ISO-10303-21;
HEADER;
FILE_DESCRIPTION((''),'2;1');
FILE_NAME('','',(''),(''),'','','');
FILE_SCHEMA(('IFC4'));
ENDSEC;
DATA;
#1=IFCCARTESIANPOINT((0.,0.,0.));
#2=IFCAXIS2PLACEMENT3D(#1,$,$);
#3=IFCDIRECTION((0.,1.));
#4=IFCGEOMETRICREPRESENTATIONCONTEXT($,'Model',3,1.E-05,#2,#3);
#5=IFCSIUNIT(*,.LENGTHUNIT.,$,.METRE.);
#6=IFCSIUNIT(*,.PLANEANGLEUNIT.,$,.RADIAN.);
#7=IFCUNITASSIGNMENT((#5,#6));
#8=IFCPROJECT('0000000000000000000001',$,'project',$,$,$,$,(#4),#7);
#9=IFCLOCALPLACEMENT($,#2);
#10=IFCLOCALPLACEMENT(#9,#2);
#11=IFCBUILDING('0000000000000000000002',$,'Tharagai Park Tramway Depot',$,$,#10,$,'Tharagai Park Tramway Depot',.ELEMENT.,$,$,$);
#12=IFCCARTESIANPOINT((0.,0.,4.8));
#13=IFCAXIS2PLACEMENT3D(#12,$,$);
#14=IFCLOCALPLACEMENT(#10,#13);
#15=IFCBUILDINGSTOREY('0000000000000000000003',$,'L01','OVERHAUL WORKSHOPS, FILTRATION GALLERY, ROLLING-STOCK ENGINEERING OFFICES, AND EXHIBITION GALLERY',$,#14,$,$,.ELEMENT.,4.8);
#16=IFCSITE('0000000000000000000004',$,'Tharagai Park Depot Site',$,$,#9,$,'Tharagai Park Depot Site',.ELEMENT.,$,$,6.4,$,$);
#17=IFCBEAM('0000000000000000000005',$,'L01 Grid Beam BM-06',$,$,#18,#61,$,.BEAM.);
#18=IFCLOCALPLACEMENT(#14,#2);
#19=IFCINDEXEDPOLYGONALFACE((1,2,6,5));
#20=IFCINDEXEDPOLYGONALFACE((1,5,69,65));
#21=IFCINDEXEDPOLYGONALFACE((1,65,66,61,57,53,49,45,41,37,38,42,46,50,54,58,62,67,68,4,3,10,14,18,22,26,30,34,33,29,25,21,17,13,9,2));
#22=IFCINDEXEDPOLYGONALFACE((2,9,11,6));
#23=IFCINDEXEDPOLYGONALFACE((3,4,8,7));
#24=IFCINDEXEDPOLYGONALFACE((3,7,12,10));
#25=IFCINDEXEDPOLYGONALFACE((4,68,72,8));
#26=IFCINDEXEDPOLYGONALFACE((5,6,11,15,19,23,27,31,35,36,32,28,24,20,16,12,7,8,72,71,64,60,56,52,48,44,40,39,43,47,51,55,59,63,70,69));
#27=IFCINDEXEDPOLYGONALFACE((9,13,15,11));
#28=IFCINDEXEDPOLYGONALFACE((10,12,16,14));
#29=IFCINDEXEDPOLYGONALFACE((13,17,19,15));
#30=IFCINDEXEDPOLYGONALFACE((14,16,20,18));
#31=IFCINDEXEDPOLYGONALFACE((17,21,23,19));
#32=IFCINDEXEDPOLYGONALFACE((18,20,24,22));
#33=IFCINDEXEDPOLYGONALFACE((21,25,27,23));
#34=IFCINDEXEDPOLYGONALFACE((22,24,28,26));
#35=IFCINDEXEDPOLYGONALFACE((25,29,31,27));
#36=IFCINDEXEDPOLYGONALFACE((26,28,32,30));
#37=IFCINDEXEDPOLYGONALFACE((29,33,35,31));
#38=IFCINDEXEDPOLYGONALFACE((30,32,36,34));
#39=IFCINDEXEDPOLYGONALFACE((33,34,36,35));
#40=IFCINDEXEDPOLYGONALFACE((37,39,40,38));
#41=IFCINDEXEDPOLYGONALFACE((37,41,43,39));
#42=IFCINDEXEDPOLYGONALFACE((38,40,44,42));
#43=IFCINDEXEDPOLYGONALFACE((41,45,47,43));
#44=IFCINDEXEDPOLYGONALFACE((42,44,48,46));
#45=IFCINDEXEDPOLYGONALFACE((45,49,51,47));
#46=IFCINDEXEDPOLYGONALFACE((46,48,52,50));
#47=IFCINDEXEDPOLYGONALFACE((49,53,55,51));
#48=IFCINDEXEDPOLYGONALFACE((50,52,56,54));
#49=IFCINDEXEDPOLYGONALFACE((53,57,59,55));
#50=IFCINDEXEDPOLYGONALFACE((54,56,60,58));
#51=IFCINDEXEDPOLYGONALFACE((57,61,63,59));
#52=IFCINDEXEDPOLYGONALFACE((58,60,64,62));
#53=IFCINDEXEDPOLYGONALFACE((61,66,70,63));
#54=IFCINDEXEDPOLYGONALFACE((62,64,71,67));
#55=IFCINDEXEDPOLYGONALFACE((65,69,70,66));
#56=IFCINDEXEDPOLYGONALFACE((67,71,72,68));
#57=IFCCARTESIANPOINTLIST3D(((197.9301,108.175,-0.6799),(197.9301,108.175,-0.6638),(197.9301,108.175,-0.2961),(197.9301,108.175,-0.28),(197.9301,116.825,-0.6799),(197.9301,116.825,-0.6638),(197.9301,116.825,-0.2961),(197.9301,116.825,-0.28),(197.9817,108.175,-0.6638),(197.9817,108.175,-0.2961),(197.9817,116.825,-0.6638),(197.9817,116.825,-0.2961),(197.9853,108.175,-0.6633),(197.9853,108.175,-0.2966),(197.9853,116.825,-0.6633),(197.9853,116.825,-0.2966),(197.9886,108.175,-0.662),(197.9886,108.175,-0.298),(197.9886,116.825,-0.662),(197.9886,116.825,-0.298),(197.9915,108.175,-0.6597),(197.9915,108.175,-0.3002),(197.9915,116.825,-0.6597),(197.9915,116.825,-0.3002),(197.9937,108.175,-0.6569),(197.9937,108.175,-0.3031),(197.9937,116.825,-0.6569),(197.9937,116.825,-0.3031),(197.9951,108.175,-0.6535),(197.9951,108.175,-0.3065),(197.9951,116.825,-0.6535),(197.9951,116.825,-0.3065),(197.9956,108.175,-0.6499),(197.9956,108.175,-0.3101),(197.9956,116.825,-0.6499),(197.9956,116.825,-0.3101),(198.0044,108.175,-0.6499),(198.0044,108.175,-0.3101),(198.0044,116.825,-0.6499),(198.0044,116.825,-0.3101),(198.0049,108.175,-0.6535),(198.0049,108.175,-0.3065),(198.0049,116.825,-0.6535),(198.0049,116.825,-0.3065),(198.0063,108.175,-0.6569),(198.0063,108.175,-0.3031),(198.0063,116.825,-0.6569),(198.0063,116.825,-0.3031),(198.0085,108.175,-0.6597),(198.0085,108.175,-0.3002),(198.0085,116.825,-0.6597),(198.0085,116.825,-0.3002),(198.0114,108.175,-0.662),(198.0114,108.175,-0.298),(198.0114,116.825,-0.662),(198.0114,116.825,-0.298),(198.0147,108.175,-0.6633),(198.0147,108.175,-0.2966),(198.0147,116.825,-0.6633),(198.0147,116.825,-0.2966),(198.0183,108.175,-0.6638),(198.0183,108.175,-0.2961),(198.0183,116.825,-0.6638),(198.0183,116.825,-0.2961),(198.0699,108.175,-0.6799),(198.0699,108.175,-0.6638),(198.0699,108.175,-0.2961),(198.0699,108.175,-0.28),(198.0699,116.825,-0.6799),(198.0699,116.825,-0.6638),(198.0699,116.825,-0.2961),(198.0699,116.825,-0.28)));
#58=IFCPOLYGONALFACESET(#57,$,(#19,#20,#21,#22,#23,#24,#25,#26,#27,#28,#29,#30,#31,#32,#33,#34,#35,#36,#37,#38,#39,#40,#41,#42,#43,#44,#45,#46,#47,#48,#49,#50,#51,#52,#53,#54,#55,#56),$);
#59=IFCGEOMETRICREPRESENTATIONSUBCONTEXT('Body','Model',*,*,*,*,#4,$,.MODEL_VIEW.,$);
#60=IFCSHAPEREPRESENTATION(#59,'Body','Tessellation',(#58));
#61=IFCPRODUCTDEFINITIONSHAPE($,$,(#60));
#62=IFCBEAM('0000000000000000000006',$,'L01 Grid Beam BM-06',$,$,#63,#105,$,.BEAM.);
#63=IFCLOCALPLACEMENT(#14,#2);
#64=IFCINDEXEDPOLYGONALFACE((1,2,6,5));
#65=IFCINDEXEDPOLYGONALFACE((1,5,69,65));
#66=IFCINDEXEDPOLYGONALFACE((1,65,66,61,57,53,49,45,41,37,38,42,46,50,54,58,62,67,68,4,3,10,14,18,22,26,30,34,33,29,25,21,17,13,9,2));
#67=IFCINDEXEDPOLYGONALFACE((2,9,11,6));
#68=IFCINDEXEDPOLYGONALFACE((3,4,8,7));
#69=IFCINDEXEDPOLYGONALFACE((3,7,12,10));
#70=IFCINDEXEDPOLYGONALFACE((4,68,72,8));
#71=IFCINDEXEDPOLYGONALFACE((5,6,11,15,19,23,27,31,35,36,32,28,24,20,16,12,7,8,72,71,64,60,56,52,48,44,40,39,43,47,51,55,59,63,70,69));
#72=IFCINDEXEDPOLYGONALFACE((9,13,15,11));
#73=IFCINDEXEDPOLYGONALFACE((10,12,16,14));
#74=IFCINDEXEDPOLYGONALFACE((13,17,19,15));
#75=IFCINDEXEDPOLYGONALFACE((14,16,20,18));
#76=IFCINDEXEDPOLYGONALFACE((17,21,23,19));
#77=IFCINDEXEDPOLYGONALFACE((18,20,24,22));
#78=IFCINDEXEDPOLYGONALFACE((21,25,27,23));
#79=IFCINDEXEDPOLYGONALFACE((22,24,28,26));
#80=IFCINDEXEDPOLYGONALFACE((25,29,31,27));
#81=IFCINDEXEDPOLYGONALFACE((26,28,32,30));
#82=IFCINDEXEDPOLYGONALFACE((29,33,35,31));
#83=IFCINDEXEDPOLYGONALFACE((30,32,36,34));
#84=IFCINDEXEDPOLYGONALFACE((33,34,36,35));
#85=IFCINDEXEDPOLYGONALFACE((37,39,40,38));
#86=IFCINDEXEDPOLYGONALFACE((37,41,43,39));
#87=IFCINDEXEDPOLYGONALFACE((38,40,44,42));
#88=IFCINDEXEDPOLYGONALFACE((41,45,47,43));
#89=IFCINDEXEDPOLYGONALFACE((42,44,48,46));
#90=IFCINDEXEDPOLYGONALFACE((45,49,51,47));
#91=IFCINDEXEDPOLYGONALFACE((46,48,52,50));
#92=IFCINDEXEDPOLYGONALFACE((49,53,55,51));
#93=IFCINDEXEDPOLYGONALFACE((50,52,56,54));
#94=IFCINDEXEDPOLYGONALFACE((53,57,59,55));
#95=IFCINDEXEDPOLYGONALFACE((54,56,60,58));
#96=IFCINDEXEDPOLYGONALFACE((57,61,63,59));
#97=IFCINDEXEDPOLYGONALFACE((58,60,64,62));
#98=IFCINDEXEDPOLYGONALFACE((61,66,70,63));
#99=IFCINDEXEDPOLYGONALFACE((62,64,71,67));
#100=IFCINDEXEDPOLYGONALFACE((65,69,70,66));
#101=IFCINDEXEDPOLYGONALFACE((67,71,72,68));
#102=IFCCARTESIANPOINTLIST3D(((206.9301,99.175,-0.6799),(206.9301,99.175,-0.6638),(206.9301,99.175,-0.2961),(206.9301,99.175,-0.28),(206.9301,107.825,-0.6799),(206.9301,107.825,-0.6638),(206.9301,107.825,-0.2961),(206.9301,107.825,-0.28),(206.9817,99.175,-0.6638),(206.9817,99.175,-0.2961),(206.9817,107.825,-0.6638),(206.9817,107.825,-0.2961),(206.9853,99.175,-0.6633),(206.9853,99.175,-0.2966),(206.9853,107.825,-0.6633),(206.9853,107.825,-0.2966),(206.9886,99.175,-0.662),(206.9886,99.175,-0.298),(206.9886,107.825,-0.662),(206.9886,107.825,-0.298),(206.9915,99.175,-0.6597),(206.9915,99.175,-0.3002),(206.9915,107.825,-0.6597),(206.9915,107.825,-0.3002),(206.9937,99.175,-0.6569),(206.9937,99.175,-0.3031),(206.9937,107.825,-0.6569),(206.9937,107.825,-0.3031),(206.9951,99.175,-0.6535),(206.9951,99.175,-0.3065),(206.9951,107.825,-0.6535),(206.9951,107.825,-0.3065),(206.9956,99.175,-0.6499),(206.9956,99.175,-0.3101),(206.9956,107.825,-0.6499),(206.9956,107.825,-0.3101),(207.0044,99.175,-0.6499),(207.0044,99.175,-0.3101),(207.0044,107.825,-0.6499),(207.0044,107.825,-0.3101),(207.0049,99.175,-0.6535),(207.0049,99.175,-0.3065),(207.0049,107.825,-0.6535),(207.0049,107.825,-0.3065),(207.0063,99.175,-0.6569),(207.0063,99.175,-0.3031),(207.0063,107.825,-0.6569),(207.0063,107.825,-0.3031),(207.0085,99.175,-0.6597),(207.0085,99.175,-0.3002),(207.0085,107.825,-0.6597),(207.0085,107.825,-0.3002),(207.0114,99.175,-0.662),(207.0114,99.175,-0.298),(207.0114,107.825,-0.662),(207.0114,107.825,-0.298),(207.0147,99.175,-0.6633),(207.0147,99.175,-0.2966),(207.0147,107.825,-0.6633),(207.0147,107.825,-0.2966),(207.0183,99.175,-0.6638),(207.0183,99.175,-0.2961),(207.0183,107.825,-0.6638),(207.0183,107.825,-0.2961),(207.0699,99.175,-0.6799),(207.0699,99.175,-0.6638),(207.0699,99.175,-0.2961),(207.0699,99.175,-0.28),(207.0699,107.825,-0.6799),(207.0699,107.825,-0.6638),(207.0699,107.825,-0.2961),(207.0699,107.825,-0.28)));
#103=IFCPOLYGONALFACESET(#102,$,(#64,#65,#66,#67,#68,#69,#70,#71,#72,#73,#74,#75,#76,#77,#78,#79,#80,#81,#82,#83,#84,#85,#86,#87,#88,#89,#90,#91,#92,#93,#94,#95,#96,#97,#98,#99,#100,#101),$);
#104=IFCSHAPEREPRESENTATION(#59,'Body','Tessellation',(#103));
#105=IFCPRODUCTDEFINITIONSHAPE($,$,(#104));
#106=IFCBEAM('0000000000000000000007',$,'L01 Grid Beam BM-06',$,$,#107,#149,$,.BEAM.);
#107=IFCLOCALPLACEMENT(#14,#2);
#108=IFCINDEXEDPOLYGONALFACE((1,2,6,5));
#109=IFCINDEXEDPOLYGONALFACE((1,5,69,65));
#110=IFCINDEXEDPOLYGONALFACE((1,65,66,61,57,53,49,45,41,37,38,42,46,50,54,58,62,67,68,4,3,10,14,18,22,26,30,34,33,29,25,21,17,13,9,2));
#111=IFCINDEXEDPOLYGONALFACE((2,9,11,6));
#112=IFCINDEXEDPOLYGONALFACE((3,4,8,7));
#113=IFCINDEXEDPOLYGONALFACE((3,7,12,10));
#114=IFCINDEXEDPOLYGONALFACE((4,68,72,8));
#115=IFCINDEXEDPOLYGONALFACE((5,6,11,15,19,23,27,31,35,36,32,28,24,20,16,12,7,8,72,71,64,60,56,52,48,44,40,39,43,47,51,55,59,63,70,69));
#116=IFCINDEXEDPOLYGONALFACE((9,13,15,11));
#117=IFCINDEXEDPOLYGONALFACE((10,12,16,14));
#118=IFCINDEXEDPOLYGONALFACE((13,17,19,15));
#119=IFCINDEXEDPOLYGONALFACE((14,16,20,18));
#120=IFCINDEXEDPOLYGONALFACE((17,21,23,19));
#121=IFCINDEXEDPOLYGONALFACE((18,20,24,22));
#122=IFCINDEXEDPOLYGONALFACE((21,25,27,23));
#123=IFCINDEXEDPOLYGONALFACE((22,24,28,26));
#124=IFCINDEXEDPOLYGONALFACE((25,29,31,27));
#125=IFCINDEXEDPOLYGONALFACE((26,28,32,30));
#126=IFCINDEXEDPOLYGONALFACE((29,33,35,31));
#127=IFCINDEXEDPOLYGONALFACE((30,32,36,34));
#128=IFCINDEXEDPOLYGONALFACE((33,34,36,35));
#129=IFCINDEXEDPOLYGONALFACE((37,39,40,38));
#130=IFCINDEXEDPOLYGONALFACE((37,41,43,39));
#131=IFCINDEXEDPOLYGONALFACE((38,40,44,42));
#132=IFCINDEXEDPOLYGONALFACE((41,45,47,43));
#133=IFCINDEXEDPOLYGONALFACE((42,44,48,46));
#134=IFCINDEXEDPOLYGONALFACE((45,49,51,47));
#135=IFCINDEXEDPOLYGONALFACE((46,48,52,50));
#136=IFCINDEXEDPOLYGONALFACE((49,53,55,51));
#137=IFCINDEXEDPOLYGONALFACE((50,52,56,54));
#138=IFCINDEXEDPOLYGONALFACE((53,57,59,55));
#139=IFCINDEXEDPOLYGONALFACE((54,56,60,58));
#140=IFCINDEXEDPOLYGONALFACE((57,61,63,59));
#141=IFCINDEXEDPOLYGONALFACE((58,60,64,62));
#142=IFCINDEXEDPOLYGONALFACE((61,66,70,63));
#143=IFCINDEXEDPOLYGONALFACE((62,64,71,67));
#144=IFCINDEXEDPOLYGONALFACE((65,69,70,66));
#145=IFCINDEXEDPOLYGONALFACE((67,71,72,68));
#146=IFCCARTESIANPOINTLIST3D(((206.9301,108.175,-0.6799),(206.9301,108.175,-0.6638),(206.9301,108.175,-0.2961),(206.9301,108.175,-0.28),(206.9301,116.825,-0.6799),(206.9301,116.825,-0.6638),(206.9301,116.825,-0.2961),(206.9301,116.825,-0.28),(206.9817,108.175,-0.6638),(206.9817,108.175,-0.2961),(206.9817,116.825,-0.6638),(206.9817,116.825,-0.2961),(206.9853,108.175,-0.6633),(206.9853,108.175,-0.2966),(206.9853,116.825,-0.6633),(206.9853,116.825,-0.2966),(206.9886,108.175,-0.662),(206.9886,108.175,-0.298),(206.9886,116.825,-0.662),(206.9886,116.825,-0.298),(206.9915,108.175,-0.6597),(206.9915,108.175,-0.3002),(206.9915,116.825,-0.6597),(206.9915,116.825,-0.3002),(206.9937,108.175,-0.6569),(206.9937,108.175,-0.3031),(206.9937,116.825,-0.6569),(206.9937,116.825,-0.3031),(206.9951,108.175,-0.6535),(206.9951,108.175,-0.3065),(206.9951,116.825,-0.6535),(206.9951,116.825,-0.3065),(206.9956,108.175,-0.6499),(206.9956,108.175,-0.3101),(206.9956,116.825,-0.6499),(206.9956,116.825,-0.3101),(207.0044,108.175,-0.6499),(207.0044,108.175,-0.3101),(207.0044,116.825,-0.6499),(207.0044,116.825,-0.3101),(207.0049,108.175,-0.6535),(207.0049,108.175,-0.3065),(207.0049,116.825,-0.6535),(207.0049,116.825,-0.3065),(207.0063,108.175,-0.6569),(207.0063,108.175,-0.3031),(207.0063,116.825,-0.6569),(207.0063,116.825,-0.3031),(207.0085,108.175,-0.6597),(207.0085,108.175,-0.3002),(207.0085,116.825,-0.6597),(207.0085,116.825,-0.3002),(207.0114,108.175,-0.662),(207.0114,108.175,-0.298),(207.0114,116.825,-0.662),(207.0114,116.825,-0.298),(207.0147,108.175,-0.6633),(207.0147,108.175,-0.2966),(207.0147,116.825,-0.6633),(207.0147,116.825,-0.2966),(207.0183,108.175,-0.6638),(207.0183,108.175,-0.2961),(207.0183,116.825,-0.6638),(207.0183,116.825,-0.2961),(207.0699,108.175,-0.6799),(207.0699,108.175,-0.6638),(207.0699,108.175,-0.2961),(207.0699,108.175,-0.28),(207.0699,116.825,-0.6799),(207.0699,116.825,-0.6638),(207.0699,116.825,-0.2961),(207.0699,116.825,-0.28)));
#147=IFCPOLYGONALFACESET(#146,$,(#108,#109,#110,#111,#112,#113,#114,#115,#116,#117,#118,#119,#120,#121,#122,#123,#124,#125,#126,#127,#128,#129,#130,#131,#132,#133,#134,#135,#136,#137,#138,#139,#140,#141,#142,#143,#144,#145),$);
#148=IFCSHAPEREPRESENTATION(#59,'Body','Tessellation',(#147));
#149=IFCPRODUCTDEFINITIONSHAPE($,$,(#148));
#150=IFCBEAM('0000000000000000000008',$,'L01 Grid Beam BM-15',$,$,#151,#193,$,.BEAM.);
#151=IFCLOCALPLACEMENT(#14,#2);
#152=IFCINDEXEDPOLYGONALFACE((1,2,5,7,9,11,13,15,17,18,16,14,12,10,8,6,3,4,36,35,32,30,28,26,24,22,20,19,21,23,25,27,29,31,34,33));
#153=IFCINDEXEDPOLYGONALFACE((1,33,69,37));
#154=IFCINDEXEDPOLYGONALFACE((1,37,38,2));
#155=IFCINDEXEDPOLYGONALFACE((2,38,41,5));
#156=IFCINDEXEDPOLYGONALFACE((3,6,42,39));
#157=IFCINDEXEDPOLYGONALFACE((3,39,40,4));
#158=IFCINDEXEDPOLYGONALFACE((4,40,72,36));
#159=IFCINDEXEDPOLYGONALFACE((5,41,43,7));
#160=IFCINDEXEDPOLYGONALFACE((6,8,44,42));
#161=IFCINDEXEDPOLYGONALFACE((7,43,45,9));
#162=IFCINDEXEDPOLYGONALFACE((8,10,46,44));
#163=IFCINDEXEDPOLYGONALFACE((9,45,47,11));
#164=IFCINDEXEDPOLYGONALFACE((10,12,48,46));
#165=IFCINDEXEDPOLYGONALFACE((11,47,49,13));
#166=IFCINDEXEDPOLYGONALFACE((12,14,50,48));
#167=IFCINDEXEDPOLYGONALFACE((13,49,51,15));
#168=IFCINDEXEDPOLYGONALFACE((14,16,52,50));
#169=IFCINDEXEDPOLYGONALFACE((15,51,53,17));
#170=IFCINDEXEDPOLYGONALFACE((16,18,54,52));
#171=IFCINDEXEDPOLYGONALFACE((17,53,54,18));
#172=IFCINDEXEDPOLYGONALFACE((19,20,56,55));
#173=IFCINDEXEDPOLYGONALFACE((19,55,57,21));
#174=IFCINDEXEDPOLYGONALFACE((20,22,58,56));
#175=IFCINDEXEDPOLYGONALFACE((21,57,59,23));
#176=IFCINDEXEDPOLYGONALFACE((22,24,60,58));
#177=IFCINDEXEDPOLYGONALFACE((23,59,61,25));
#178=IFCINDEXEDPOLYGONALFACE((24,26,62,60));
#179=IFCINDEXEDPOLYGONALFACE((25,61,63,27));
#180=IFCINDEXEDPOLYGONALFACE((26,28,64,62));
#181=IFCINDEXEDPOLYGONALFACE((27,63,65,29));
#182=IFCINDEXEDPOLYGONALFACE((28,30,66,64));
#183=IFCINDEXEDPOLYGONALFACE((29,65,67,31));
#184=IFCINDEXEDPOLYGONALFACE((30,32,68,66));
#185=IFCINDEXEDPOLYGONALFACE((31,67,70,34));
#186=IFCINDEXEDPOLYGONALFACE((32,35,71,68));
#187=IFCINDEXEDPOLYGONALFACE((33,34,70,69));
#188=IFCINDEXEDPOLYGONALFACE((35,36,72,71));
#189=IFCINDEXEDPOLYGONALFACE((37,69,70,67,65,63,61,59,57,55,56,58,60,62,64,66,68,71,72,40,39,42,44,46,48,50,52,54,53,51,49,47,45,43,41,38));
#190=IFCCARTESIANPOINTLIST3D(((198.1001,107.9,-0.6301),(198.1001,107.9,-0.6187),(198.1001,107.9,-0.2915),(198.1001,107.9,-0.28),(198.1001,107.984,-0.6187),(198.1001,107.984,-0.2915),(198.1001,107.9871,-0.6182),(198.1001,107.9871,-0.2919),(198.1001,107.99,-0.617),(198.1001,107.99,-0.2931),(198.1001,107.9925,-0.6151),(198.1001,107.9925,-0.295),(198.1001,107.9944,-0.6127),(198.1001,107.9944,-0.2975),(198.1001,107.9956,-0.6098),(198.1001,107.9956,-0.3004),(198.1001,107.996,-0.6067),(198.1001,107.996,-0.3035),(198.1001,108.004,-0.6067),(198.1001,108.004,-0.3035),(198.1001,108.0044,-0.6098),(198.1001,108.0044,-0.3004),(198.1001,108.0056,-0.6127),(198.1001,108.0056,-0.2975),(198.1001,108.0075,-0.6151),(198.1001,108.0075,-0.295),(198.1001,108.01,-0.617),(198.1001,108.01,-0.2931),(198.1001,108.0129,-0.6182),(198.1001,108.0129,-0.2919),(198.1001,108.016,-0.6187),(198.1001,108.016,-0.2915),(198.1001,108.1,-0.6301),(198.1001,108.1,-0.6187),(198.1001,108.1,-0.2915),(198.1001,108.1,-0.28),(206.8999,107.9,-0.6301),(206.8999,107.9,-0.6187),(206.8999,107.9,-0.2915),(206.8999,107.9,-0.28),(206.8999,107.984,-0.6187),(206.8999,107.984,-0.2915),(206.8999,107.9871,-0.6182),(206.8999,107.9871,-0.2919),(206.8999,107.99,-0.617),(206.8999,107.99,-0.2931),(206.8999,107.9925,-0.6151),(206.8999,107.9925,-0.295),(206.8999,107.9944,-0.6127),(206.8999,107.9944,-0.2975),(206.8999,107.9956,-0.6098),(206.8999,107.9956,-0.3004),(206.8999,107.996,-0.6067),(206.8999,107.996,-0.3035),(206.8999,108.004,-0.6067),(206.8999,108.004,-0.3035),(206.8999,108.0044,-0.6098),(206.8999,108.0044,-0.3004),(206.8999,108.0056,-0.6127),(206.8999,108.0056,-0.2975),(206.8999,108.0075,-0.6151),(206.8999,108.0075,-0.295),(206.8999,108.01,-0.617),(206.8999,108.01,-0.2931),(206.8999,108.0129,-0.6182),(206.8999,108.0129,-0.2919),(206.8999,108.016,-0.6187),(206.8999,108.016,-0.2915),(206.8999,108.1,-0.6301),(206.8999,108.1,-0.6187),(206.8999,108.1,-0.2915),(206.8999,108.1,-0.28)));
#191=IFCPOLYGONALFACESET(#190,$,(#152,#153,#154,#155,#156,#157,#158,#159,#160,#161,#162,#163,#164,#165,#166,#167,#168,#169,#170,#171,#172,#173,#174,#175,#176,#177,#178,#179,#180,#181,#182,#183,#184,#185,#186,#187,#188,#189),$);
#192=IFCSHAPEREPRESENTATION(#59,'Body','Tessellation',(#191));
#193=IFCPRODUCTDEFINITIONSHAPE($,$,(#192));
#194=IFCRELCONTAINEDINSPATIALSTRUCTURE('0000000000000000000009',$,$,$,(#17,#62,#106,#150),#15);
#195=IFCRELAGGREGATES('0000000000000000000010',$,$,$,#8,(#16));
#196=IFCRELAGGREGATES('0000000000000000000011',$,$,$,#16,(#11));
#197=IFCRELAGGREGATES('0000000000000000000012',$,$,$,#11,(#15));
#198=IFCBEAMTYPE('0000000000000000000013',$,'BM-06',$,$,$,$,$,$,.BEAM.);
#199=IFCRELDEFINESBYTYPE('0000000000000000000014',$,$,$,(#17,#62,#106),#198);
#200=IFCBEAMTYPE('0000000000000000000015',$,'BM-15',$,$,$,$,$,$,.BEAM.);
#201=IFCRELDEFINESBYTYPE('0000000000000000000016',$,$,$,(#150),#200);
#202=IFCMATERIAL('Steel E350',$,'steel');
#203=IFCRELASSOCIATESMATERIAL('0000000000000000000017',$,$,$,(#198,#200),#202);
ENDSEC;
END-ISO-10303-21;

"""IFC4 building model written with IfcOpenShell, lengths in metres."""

from ifc_helpers import new_model, si_unit, direction, frame, origin, origin_2d, place, context, subcontext, project, spatial, i_section, extrude, material, material_profile, profile_set, type_object, element, save


model = new_model("IFC4")

# Units and contexts
model_context = context("Model", 3, precision=1e-05, world=origin(), true_north=direction((0.0, 1.0)))
body_context = subcontext(model_context, "Body", "Model", "MODEL_VIEW")
ifc_project = project(units=[si_unit("LENGTHUNIT", "METRE"), si_unit("PLANEANGLEUNIT", "RADIAN")], contexts=[model_context])

# Site, building, storey
site_placement = place(None, origin())
site = spatial("IfcSite", under=ifc_project, at=site_placement, Name="Tharagai Park Depot Site", LongName="Tharagai Park Depot Site", CompositionType="ELEMENT", RefElevation=6.4)
building_placement = place(site_placement, origin())
building = spatial("IfcBuilding", under=site, at=building_placement, Name="Tharagai Park Tramway Depot", LongName="Tharagai Park Tramway Depot", CompositionType="ELEMENT")
storey_placement = place(building_placement, frame((0.0, 0.0, 4.8)))
storey = spatial("IfcBuildingStorey", under=building, at=storey_placement, Name="L01", Description="OVERHAUL WORKSHOPS, FILTRATION GALLERY, ROLLING-STOCK ENGINEERING OFFICES, AND EXHIBITION GALLERY", CompositionType="ELEMENT", Elevation=4.8)

# Shared definitions
ifc_material_1 = material(Name="Steel E350", Category="steel")

# Beams
ifc_material_profile_1 = material_profile(ifc_material_1, i_section(OverallWidth=0.1399, OverallDepth=0.3999, WebThickness=0.0088, FlangeThickness=0.0161, FilletRadius=0.0139, at=origin_2d()), Name="ISMB 400")
ifc_profile_set_1 = profile_set([ifc_material_profile_1], Name="Steel E350")
beam_type_1 = type_object("IfcBeamType", Name="BM-06", PredefinedType="BEAM", material=ifc_profile_set_1)
for number, where, z_axis, x_axis, name in (
    (1, (198.0, 108.175, -0.48), (0.0, 1.0, 0.0), (-1.0, 0.0, 0.0), "L01 Grid Beam BM-06"),
    (2, (207.0, 99.175, -0.48), (0.0, 1.0, 0.0), (-1.0, 0.0, 0.0), "L01 Grid Beam BM-06"),
    (3, (207.0, 108.175, -0.48), (0.0, 1.0, 0.0), (-1.0, 0.0, 0.0), "L01 Grid Beam BM-06"),
):
    element("IfcBeam", number, at=place(storey_placement, frame(where, z_axis=z_axis, x_axis=x_axis)), inside=storey, type_object=beam_type_1, Name=name, PredefinedType="BEAM", context=body_context, shape_type="SweptSolid", body=[
        extrude(i_section(OverallWidth=0.1399, OverallDepth=0.3999, WebThickness=0.0088, FlangeThickness=0.0161, FilletRadius=0.0139, at=origin_2d()), origin(), (0.0, 0.0, 1.0), 8.6499),
    ])
ifc_material_profile_2 = material_profile(ifc_material_1, i_section(OverallWidth=0.2, OverallDepth=0.3501, WebThickness=0.0081, FlangeThickness=0.0115, FilletRadius=0.012, at=origin_2d()), Name="ISWB 350")
ifc_profile_set_2 = profile_set([ifc_material_profile_2], Name="Steel E350")
beam_type_2 = type_object("IfcBeamType", Name="BM-15", PredefinedType="BEAM", material=ifc_profile_set_2)
beam_1_placement = place(storey_placement, frame((198.1001, 108.0, -0.4551), z_axis=(1.0, 0.0, 0.0), x_axis=(0.0, 1.0, 0.0)))
element("IfcBeam", 4, at=beam_1_placement, inside=storey, type_object=beam_type_2, Name="L01 Grid Beam BM-15", PredefinedType="BEAM", context=body_context, shape_type="SweptSolid", body=[
    extrude(i_section(OverallWidth=0.2, OverallDepth=0.3501, WebThickness=0.0081, FlangeThickness=0.0115, FilletRadius=0.012, at=origin_2d()), origin(), (0.0, 0.0, 1.0), 8.7998),
])

save(model, "model.ifc")
